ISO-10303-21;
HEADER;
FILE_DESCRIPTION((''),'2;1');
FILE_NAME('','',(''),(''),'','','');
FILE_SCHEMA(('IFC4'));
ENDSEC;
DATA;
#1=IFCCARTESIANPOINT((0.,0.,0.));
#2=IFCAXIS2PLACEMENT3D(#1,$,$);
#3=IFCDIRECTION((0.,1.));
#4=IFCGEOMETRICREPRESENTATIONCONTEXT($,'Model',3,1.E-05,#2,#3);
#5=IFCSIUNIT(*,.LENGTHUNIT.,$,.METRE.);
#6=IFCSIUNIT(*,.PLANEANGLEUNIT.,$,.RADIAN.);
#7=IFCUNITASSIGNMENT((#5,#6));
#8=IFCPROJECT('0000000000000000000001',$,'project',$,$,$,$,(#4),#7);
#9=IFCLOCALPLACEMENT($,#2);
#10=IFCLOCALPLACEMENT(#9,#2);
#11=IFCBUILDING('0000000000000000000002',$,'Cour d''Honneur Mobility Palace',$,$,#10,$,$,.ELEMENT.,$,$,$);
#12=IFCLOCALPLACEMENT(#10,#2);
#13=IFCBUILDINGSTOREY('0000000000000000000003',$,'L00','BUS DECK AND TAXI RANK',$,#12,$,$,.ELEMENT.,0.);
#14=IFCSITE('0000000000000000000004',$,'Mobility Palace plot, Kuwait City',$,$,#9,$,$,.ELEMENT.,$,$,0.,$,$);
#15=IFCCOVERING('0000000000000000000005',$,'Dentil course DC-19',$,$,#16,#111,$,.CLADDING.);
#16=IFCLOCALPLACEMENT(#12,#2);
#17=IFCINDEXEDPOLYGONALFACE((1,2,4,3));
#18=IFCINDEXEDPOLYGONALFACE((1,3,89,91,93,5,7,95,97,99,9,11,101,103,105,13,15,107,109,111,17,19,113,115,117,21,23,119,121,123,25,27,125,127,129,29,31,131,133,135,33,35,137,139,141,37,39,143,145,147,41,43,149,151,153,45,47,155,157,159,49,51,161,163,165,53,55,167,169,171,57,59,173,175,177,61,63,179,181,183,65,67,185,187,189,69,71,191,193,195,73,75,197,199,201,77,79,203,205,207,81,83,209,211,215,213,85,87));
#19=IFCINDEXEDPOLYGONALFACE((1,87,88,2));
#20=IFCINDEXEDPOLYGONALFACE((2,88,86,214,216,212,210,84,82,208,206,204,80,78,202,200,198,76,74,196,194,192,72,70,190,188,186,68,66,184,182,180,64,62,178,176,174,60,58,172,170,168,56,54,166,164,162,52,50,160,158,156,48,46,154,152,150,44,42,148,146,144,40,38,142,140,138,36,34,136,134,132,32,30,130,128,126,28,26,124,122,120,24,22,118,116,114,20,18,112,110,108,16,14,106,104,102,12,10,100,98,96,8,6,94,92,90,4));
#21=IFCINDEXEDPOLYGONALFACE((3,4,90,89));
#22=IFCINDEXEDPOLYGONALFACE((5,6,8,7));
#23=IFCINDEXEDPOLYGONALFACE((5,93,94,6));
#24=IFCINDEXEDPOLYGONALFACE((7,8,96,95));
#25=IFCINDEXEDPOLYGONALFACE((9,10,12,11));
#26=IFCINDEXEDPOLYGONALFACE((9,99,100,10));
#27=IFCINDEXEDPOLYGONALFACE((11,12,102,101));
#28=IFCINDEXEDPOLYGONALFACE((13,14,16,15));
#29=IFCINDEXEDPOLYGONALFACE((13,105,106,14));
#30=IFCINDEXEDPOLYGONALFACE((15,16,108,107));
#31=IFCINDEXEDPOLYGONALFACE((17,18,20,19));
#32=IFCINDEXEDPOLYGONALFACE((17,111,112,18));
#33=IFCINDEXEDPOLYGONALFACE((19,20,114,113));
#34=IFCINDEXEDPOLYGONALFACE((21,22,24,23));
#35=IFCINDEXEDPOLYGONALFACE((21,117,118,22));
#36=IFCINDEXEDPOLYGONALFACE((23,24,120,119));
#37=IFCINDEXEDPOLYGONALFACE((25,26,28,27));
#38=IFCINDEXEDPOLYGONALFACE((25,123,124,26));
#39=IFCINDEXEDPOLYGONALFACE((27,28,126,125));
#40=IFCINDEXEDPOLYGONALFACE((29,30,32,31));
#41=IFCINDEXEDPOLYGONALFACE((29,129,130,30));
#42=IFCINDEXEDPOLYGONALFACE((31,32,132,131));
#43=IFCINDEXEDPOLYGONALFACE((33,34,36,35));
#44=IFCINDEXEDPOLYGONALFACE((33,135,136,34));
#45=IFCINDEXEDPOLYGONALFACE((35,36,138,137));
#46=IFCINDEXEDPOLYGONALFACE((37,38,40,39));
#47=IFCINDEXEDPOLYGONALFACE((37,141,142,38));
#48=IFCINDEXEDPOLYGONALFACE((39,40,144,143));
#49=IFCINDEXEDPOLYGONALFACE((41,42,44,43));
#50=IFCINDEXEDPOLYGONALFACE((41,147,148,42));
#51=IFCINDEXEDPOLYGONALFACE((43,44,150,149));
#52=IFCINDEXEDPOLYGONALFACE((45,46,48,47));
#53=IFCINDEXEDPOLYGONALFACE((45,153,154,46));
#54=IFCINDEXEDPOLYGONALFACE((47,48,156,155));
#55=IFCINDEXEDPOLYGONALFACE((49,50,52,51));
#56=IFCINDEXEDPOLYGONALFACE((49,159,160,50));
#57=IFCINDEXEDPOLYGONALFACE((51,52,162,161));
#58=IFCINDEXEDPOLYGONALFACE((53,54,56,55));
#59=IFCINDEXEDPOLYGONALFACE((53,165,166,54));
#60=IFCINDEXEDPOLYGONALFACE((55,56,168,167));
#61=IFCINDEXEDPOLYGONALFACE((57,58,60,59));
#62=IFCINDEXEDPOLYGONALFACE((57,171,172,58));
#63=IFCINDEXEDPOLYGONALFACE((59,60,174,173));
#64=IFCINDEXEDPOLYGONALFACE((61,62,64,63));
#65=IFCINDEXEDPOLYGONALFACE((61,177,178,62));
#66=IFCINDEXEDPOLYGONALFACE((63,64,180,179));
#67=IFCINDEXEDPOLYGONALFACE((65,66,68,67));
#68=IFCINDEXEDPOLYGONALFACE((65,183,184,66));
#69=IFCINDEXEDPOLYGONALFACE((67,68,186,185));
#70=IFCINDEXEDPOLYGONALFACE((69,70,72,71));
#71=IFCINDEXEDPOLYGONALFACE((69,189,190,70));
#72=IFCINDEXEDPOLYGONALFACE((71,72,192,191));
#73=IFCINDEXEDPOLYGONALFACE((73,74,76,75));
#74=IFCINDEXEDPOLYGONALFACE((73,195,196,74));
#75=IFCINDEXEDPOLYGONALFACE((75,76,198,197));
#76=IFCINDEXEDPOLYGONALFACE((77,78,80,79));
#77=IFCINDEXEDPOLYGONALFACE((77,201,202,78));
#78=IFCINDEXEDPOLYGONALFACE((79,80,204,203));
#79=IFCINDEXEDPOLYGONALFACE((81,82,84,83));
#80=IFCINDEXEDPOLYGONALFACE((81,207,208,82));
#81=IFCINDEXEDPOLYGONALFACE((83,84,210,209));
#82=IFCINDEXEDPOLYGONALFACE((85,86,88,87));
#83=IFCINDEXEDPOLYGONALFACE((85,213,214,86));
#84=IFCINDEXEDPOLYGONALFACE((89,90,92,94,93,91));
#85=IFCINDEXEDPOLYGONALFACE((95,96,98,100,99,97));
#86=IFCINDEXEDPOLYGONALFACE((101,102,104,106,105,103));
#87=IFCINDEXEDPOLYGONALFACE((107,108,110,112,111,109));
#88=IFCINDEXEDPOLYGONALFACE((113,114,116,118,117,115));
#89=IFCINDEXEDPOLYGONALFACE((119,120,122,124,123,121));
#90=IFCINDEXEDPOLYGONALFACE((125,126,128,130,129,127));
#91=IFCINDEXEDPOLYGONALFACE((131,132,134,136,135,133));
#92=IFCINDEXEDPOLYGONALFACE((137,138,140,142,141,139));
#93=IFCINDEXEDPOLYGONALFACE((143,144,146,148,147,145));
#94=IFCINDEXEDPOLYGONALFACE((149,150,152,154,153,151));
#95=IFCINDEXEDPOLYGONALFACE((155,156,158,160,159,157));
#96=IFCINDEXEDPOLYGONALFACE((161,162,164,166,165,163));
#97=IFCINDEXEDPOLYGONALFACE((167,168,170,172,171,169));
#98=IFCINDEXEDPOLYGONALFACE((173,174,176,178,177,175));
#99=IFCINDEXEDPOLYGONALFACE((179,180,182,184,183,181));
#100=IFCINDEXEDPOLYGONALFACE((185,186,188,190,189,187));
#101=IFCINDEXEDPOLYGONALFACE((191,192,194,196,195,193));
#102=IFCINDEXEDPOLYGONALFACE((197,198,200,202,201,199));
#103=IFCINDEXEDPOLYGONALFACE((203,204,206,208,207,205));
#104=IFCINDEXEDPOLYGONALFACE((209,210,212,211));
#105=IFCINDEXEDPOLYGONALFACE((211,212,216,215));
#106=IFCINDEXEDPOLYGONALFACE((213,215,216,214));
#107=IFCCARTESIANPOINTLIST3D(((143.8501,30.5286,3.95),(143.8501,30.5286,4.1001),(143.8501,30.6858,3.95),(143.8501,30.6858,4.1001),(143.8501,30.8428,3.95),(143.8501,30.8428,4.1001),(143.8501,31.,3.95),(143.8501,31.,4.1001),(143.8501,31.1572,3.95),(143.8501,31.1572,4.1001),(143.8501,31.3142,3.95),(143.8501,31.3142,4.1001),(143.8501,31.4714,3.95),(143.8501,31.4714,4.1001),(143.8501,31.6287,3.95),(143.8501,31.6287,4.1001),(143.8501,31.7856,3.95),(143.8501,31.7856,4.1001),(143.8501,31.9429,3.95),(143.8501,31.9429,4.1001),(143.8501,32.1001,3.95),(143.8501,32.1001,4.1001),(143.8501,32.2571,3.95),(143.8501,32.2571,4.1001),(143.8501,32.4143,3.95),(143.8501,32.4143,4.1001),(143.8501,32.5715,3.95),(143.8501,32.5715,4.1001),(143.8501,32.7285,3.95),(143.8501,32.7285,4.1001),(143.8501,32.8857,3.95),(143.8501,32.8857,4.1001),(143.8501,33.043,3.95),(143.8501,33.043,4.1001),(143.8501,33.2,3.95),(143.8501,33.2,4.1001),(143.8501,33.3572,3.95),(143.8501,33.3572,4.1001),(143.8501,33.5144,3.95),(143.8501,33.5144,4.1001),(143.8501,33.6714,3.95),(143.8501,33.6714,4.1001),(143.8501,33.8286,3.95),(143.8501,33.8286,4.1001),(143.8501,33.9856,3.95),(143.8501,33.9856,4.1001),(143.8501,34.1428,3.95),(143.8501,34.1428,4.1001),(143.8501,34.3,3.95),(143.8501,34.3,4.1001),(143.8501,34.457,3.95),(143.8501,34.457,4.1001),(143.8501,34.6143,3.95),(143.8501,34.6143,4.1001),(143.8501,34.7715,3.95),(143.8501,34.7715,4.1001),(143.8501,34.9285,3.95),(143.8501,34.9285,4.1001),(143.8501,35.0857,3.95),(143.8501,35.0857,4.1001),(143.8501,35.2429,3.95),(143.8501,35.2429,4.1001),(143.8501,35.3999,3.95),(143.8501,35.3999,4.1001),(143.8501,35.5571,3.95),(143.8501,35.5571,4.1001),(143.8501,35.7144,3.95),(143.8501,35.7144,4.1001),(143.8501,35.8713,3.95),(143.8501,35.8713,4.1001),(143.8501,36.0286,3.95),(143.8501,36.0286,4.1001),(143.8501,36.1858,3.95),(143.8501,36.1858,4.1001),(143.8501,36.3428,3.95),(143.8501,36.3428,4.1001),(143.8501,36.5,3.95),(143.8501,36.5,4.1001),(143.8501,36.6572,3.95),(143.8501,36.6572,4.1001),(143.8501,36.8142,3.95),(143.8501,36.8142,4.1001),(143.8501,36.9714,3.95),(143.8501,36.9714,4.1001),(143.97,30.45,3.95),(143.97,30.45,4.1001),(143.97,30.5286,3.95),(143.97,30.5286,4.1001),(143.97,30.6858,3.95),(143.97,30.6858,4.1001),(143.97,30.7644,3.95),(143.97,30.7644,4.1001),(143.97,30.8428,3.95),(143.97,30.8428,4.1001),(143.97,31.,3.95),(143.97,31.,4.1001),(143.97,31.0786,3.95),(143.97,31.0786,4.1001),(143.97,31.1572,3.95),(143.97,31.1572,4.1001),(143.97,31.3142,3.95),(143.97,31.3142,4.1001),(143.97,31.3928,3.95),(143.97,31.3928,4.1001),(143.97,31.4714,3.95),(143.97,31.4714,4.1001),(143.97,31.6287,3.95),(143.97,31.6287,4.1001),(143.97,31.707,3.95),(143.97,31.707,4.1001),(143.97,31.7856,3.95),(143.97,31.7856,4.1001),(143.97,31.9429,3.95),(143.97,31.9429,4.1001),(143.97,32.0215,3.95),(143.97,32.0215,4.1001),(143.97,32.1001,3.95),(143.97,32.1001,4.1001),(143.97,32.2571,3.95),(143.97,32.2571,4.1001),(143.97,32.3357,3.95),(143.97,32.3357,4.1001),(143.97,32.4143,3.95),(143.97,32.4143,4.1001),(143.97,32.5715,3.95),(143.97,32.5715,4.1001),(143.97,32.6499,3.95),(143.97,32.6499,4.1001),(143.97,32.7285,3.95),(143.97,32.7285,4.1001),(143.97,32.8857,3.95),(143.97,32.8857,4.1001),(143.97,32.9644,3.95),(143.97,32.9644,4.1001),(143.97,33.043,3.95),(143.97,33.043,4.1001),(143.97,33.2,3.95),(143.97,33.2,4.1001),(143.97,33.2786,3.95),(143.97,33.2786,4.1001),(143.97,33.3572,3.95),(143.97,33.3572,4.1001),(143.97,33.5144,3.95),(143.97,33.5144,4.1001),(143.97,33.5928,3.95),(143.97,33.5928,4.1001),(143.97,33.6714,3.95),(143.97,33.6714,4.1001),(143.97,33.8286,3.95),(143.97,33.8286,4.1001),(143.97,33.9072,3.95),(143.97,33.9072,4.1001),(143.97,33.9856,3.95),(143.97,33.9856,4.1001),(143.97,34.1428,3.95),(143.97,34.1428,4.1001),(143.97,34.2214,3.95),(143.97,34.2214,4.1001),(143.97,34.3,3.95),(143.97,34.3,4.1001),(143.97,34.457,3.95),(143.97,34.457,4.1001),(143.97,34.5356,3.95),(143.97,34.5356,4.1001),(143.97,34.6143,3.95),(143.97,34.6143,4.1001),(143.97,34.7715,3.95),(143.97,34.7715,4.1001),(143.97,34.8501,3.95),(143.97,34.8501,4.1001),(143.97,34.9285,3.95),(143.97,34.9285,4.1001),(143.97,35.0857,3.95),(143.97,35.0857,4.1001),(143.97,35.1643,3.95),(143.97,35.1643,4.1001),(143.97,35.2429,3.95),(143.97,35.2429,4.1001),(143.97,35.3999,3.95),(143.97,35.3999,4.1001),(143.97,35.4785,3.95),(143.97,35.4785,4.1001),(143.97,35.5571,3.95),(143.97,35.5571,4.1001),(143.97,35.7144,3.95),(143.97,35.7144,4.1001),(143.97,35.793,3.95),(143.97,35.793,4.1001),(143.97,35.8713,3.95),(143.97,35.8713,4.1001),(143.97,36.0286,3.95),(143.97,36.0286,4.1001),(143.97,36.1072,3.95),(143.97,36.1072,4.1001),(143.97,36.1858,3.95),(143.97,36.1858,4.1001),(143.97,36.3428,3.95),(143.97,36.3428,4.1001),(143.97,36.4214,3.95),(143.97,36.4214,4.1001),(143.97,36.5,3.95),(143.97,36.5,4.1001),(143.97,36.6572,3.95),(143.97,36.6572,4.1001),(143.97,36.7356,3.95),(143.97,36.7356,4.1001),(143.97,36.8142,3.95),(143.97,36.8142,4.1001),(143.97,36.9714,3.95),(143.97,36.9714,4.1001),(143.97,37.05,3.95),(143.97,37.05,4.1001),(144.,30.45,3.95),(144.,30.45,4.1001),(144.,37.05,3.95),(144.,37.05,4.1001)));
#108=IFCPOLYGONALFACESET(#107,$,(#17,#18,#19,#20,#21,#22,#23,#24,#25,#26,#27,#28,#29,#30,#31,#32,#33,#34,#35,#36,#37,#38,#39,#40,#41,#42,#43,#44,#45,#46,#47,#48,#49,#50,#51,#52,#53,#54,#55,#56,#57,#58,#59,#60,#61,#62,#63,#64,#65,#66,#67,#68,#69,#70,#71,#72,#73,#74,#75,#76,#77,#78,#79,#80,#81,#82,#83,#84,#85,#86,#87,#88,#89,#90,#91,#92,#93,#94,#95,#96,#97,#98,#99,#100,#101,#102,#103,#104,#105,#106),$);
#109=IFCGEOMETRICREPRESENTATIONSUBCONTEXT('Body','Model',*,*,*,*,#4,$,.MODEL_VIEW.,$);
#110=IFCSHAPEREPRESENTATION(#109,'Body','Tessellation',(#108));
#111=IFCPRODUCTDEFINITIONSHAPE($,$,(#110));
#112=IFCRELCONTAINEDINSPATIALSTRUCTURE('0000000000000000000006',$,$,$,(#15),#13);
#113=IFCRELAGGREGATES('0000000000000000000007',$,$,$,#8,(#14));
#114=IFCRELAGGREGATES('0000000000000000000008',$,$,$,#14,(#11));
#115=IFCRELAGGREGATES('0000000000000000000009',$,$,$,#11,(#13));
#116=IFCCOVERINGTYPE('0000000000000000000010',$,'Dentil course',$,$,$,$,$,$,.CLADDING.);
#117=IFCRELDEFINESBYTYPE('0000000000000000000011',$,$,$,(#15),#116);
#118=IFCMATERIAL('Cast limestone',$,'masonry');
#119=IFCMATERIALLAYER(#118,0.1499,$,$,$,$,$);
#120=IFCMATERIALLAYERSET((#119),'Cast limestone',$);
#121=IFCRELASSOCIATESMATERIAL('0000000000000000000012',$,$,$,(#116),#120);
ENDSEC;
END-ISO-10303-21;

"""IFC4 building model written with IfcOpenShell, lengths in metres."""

from ifc_helpers import new_model, si_unit, direction, frame, origin, place, context, subcontext, project, spatial, polyline, outline, extrude, material, layer, layer_set, type_object, element, save


model = new_model("IFC4")

# Units and contexts
model_context = context("Model", 3, precision=1e-05, world=origin(), true_north=direction((0.0, 1.0)))
body_context = subcontext(model_context, "Body", "Model", "MODEL_VIEW")
ifc_project = project(units=[si_unit("LENGTHUNIT", "METRE"), si_unit("PLANEANGLEUNIT", "RADIAN")], contexts=[model_context])

# Site, building, storey
site_placement = place(None, origin())
site = spatial("IfcSite", under=ifc_project, at=site_placement, Name="Mobility Palace plot, Kuwait City", CompositionType="ELEMENT", RefElevation=0.0)
building_placement = place(site_placement, origin())
building = spatial("IfcBuilding", under=site, at=building_placement, Name="Cour d'Honneur Mobility Palace", CompositionType="ELEMENT")
storey_placement = place(building_placement, origin())
storey = spatial("IfcBuildingStorey", under=building, at=storey_placement, Name="L00", Description="BUS DECK AND TAXI RANK", CompositionType="ELEMENT", Elevation=0.0)

# Covering
ifc_material = material(Name="Cast limestone", Category="masonry")
ifc_layer = layer(ifc_material, 0.1499)
ifc_layer_set = layer_set([ifc_layer], Name="Cast limestone")
covering_type = type_object("IfcCoveringType", Name="Dentil course", PredefinedType="CLADDING", material=ifc_layer_set)
covering_1_placement = place(storey_placement, frame((0.0, 0.0, 3.95)))
element("IfcCovering", 1, at=covering_1_placement, inside=storey, type_object=covering_type, Name="Dentil course DC-19", PredefinedType="CLADDING", context=body_context, shape_type="SweptSolid", body=[
    extrude(outline(polyline([(144.0, 37.05), (144.0, 30.45), (143.97, 30.45), (143.97, 30.45), (143.97, 30.5286), (143.8501, 30.5286), (143.8501, 30.6858), (143.97, 30.6858), (143.97, 30.7644), (143.97, 30.7644), (143.97, 30.8428), (143.8501, 30.8428), (143.8501, 31.0), (143.97, 31.0), (143.97, 31.0786), (143.97, 31.0786), (143.97, 31.1572), (143.8501, 31.1572), (143.8501, 31.3142), (143.97, 31.3142), (143.97, 31.3928), (143.97, 31.3928), (143.97, 31.4714), (143.8501, 31.4714), (143.8501, 31.6287), (143.97, 31.6287), (143.97, 31.707), (143.97, 31.707), (143.97, 31.7856), (143.8501, 31.7856), (143.8501, 31.9429), (143.97, 31.9429), (143.97, 32.0215), (143.97, 32.0215), (143.97, 32.1001), (143.8501, 32.1001), (143.8501, 32.2571), (143.97, 32.2571), (143.97, 32.3357), (143.97, 32.3357), (143.97, 32.4143), (143.8501, 32.4143), (143.8501, 32.5715), (143.97, 32.5715), (143.97, 32.6499), (143.97, 32.6499), (143.97, 32.7285), (143.8501, 32.7285), (143.8501, 32.8857), (143.97, 32.8857), (143.97, 32.9644), (143.97, 32.9644), (143.97, 33.043), (143.8501, 33.043), (143.8501, 33.2), (143.97, 33.2), (143.97, 33.2786), (143.97, 33.2786), (143.97, 33.3572), (143.8501, 33.3572), (143.8501, 33.5144), (143.97, 33.5144), (143.97, 33.5928), (143.97, 33.5928), (143.97, 33.6714), (143.8501, 33.6714), (143.8501, 33.8286), (143.97, 33.8286), (143.97, 33.9072), (143.97, 33.9072), (143.97, 33.9856), (143.8501, 33.9856), (143.8501, 34.1428), (143.97, 34.1428), (143.97, 34.2214), (143.97, 34.2214), (143.97, 34.3), (143.8501, 34.3), (143.8501, 34.457), (143.97, 34.457), (143.97, 34.5356), (143.97, 34.5356), (143.97, 34.6143), (143.8501, 34.6143), (143.8501, 34.7715), (143.97, 34.7715), (143.97, 34.8501), (143.97, 34.8501), (143.97, 34.9285), (143.8501, 34.9285), (143.8501, 35.0857), (143.97, 35.0857), (143.97, 35.1643), (143.97, 35.1643), (143.97, 35.2429), (143.8501, 35.2429), (143.8501, 35.3999), (143.97, 35.3999), (143.97, 35.4785), (143.97, 35.4785), (143.97, 35.5571), (143.8501, 35.5571), (143.8501, 35.7144), (143.97, 35.7144), (143.97, 35.793), (143.97, 35.793), (143.97, 35.8713), (143.8501, 35.8713), (143.8501, 36.0286), (143.97, 36.0286), (143.97, 36.1072), (143.97, 36.1072), (143.97, 36.1858), (143.8501, 36.1858), (143.8501, 36.3428), (143.97, 36.3428), (143.97, 36.4214), (143.97, 36.4214), (143.97, 36.5), (143.8501, 36.5), (143.8501, 36.6572), (143.97, 36.6572), (143.97, 36.7356), (143.97, 36.7356), (143.97, 36.8142), (143.8501, 36.8142), (143.8501, 36.9714), (143.97, 36.9714), (143.97, 37.05), (144.0, 37.05)])), origin(), (0.0, 0.0, 1.0), 0.1501),
])

save(model, "model.ifc")
